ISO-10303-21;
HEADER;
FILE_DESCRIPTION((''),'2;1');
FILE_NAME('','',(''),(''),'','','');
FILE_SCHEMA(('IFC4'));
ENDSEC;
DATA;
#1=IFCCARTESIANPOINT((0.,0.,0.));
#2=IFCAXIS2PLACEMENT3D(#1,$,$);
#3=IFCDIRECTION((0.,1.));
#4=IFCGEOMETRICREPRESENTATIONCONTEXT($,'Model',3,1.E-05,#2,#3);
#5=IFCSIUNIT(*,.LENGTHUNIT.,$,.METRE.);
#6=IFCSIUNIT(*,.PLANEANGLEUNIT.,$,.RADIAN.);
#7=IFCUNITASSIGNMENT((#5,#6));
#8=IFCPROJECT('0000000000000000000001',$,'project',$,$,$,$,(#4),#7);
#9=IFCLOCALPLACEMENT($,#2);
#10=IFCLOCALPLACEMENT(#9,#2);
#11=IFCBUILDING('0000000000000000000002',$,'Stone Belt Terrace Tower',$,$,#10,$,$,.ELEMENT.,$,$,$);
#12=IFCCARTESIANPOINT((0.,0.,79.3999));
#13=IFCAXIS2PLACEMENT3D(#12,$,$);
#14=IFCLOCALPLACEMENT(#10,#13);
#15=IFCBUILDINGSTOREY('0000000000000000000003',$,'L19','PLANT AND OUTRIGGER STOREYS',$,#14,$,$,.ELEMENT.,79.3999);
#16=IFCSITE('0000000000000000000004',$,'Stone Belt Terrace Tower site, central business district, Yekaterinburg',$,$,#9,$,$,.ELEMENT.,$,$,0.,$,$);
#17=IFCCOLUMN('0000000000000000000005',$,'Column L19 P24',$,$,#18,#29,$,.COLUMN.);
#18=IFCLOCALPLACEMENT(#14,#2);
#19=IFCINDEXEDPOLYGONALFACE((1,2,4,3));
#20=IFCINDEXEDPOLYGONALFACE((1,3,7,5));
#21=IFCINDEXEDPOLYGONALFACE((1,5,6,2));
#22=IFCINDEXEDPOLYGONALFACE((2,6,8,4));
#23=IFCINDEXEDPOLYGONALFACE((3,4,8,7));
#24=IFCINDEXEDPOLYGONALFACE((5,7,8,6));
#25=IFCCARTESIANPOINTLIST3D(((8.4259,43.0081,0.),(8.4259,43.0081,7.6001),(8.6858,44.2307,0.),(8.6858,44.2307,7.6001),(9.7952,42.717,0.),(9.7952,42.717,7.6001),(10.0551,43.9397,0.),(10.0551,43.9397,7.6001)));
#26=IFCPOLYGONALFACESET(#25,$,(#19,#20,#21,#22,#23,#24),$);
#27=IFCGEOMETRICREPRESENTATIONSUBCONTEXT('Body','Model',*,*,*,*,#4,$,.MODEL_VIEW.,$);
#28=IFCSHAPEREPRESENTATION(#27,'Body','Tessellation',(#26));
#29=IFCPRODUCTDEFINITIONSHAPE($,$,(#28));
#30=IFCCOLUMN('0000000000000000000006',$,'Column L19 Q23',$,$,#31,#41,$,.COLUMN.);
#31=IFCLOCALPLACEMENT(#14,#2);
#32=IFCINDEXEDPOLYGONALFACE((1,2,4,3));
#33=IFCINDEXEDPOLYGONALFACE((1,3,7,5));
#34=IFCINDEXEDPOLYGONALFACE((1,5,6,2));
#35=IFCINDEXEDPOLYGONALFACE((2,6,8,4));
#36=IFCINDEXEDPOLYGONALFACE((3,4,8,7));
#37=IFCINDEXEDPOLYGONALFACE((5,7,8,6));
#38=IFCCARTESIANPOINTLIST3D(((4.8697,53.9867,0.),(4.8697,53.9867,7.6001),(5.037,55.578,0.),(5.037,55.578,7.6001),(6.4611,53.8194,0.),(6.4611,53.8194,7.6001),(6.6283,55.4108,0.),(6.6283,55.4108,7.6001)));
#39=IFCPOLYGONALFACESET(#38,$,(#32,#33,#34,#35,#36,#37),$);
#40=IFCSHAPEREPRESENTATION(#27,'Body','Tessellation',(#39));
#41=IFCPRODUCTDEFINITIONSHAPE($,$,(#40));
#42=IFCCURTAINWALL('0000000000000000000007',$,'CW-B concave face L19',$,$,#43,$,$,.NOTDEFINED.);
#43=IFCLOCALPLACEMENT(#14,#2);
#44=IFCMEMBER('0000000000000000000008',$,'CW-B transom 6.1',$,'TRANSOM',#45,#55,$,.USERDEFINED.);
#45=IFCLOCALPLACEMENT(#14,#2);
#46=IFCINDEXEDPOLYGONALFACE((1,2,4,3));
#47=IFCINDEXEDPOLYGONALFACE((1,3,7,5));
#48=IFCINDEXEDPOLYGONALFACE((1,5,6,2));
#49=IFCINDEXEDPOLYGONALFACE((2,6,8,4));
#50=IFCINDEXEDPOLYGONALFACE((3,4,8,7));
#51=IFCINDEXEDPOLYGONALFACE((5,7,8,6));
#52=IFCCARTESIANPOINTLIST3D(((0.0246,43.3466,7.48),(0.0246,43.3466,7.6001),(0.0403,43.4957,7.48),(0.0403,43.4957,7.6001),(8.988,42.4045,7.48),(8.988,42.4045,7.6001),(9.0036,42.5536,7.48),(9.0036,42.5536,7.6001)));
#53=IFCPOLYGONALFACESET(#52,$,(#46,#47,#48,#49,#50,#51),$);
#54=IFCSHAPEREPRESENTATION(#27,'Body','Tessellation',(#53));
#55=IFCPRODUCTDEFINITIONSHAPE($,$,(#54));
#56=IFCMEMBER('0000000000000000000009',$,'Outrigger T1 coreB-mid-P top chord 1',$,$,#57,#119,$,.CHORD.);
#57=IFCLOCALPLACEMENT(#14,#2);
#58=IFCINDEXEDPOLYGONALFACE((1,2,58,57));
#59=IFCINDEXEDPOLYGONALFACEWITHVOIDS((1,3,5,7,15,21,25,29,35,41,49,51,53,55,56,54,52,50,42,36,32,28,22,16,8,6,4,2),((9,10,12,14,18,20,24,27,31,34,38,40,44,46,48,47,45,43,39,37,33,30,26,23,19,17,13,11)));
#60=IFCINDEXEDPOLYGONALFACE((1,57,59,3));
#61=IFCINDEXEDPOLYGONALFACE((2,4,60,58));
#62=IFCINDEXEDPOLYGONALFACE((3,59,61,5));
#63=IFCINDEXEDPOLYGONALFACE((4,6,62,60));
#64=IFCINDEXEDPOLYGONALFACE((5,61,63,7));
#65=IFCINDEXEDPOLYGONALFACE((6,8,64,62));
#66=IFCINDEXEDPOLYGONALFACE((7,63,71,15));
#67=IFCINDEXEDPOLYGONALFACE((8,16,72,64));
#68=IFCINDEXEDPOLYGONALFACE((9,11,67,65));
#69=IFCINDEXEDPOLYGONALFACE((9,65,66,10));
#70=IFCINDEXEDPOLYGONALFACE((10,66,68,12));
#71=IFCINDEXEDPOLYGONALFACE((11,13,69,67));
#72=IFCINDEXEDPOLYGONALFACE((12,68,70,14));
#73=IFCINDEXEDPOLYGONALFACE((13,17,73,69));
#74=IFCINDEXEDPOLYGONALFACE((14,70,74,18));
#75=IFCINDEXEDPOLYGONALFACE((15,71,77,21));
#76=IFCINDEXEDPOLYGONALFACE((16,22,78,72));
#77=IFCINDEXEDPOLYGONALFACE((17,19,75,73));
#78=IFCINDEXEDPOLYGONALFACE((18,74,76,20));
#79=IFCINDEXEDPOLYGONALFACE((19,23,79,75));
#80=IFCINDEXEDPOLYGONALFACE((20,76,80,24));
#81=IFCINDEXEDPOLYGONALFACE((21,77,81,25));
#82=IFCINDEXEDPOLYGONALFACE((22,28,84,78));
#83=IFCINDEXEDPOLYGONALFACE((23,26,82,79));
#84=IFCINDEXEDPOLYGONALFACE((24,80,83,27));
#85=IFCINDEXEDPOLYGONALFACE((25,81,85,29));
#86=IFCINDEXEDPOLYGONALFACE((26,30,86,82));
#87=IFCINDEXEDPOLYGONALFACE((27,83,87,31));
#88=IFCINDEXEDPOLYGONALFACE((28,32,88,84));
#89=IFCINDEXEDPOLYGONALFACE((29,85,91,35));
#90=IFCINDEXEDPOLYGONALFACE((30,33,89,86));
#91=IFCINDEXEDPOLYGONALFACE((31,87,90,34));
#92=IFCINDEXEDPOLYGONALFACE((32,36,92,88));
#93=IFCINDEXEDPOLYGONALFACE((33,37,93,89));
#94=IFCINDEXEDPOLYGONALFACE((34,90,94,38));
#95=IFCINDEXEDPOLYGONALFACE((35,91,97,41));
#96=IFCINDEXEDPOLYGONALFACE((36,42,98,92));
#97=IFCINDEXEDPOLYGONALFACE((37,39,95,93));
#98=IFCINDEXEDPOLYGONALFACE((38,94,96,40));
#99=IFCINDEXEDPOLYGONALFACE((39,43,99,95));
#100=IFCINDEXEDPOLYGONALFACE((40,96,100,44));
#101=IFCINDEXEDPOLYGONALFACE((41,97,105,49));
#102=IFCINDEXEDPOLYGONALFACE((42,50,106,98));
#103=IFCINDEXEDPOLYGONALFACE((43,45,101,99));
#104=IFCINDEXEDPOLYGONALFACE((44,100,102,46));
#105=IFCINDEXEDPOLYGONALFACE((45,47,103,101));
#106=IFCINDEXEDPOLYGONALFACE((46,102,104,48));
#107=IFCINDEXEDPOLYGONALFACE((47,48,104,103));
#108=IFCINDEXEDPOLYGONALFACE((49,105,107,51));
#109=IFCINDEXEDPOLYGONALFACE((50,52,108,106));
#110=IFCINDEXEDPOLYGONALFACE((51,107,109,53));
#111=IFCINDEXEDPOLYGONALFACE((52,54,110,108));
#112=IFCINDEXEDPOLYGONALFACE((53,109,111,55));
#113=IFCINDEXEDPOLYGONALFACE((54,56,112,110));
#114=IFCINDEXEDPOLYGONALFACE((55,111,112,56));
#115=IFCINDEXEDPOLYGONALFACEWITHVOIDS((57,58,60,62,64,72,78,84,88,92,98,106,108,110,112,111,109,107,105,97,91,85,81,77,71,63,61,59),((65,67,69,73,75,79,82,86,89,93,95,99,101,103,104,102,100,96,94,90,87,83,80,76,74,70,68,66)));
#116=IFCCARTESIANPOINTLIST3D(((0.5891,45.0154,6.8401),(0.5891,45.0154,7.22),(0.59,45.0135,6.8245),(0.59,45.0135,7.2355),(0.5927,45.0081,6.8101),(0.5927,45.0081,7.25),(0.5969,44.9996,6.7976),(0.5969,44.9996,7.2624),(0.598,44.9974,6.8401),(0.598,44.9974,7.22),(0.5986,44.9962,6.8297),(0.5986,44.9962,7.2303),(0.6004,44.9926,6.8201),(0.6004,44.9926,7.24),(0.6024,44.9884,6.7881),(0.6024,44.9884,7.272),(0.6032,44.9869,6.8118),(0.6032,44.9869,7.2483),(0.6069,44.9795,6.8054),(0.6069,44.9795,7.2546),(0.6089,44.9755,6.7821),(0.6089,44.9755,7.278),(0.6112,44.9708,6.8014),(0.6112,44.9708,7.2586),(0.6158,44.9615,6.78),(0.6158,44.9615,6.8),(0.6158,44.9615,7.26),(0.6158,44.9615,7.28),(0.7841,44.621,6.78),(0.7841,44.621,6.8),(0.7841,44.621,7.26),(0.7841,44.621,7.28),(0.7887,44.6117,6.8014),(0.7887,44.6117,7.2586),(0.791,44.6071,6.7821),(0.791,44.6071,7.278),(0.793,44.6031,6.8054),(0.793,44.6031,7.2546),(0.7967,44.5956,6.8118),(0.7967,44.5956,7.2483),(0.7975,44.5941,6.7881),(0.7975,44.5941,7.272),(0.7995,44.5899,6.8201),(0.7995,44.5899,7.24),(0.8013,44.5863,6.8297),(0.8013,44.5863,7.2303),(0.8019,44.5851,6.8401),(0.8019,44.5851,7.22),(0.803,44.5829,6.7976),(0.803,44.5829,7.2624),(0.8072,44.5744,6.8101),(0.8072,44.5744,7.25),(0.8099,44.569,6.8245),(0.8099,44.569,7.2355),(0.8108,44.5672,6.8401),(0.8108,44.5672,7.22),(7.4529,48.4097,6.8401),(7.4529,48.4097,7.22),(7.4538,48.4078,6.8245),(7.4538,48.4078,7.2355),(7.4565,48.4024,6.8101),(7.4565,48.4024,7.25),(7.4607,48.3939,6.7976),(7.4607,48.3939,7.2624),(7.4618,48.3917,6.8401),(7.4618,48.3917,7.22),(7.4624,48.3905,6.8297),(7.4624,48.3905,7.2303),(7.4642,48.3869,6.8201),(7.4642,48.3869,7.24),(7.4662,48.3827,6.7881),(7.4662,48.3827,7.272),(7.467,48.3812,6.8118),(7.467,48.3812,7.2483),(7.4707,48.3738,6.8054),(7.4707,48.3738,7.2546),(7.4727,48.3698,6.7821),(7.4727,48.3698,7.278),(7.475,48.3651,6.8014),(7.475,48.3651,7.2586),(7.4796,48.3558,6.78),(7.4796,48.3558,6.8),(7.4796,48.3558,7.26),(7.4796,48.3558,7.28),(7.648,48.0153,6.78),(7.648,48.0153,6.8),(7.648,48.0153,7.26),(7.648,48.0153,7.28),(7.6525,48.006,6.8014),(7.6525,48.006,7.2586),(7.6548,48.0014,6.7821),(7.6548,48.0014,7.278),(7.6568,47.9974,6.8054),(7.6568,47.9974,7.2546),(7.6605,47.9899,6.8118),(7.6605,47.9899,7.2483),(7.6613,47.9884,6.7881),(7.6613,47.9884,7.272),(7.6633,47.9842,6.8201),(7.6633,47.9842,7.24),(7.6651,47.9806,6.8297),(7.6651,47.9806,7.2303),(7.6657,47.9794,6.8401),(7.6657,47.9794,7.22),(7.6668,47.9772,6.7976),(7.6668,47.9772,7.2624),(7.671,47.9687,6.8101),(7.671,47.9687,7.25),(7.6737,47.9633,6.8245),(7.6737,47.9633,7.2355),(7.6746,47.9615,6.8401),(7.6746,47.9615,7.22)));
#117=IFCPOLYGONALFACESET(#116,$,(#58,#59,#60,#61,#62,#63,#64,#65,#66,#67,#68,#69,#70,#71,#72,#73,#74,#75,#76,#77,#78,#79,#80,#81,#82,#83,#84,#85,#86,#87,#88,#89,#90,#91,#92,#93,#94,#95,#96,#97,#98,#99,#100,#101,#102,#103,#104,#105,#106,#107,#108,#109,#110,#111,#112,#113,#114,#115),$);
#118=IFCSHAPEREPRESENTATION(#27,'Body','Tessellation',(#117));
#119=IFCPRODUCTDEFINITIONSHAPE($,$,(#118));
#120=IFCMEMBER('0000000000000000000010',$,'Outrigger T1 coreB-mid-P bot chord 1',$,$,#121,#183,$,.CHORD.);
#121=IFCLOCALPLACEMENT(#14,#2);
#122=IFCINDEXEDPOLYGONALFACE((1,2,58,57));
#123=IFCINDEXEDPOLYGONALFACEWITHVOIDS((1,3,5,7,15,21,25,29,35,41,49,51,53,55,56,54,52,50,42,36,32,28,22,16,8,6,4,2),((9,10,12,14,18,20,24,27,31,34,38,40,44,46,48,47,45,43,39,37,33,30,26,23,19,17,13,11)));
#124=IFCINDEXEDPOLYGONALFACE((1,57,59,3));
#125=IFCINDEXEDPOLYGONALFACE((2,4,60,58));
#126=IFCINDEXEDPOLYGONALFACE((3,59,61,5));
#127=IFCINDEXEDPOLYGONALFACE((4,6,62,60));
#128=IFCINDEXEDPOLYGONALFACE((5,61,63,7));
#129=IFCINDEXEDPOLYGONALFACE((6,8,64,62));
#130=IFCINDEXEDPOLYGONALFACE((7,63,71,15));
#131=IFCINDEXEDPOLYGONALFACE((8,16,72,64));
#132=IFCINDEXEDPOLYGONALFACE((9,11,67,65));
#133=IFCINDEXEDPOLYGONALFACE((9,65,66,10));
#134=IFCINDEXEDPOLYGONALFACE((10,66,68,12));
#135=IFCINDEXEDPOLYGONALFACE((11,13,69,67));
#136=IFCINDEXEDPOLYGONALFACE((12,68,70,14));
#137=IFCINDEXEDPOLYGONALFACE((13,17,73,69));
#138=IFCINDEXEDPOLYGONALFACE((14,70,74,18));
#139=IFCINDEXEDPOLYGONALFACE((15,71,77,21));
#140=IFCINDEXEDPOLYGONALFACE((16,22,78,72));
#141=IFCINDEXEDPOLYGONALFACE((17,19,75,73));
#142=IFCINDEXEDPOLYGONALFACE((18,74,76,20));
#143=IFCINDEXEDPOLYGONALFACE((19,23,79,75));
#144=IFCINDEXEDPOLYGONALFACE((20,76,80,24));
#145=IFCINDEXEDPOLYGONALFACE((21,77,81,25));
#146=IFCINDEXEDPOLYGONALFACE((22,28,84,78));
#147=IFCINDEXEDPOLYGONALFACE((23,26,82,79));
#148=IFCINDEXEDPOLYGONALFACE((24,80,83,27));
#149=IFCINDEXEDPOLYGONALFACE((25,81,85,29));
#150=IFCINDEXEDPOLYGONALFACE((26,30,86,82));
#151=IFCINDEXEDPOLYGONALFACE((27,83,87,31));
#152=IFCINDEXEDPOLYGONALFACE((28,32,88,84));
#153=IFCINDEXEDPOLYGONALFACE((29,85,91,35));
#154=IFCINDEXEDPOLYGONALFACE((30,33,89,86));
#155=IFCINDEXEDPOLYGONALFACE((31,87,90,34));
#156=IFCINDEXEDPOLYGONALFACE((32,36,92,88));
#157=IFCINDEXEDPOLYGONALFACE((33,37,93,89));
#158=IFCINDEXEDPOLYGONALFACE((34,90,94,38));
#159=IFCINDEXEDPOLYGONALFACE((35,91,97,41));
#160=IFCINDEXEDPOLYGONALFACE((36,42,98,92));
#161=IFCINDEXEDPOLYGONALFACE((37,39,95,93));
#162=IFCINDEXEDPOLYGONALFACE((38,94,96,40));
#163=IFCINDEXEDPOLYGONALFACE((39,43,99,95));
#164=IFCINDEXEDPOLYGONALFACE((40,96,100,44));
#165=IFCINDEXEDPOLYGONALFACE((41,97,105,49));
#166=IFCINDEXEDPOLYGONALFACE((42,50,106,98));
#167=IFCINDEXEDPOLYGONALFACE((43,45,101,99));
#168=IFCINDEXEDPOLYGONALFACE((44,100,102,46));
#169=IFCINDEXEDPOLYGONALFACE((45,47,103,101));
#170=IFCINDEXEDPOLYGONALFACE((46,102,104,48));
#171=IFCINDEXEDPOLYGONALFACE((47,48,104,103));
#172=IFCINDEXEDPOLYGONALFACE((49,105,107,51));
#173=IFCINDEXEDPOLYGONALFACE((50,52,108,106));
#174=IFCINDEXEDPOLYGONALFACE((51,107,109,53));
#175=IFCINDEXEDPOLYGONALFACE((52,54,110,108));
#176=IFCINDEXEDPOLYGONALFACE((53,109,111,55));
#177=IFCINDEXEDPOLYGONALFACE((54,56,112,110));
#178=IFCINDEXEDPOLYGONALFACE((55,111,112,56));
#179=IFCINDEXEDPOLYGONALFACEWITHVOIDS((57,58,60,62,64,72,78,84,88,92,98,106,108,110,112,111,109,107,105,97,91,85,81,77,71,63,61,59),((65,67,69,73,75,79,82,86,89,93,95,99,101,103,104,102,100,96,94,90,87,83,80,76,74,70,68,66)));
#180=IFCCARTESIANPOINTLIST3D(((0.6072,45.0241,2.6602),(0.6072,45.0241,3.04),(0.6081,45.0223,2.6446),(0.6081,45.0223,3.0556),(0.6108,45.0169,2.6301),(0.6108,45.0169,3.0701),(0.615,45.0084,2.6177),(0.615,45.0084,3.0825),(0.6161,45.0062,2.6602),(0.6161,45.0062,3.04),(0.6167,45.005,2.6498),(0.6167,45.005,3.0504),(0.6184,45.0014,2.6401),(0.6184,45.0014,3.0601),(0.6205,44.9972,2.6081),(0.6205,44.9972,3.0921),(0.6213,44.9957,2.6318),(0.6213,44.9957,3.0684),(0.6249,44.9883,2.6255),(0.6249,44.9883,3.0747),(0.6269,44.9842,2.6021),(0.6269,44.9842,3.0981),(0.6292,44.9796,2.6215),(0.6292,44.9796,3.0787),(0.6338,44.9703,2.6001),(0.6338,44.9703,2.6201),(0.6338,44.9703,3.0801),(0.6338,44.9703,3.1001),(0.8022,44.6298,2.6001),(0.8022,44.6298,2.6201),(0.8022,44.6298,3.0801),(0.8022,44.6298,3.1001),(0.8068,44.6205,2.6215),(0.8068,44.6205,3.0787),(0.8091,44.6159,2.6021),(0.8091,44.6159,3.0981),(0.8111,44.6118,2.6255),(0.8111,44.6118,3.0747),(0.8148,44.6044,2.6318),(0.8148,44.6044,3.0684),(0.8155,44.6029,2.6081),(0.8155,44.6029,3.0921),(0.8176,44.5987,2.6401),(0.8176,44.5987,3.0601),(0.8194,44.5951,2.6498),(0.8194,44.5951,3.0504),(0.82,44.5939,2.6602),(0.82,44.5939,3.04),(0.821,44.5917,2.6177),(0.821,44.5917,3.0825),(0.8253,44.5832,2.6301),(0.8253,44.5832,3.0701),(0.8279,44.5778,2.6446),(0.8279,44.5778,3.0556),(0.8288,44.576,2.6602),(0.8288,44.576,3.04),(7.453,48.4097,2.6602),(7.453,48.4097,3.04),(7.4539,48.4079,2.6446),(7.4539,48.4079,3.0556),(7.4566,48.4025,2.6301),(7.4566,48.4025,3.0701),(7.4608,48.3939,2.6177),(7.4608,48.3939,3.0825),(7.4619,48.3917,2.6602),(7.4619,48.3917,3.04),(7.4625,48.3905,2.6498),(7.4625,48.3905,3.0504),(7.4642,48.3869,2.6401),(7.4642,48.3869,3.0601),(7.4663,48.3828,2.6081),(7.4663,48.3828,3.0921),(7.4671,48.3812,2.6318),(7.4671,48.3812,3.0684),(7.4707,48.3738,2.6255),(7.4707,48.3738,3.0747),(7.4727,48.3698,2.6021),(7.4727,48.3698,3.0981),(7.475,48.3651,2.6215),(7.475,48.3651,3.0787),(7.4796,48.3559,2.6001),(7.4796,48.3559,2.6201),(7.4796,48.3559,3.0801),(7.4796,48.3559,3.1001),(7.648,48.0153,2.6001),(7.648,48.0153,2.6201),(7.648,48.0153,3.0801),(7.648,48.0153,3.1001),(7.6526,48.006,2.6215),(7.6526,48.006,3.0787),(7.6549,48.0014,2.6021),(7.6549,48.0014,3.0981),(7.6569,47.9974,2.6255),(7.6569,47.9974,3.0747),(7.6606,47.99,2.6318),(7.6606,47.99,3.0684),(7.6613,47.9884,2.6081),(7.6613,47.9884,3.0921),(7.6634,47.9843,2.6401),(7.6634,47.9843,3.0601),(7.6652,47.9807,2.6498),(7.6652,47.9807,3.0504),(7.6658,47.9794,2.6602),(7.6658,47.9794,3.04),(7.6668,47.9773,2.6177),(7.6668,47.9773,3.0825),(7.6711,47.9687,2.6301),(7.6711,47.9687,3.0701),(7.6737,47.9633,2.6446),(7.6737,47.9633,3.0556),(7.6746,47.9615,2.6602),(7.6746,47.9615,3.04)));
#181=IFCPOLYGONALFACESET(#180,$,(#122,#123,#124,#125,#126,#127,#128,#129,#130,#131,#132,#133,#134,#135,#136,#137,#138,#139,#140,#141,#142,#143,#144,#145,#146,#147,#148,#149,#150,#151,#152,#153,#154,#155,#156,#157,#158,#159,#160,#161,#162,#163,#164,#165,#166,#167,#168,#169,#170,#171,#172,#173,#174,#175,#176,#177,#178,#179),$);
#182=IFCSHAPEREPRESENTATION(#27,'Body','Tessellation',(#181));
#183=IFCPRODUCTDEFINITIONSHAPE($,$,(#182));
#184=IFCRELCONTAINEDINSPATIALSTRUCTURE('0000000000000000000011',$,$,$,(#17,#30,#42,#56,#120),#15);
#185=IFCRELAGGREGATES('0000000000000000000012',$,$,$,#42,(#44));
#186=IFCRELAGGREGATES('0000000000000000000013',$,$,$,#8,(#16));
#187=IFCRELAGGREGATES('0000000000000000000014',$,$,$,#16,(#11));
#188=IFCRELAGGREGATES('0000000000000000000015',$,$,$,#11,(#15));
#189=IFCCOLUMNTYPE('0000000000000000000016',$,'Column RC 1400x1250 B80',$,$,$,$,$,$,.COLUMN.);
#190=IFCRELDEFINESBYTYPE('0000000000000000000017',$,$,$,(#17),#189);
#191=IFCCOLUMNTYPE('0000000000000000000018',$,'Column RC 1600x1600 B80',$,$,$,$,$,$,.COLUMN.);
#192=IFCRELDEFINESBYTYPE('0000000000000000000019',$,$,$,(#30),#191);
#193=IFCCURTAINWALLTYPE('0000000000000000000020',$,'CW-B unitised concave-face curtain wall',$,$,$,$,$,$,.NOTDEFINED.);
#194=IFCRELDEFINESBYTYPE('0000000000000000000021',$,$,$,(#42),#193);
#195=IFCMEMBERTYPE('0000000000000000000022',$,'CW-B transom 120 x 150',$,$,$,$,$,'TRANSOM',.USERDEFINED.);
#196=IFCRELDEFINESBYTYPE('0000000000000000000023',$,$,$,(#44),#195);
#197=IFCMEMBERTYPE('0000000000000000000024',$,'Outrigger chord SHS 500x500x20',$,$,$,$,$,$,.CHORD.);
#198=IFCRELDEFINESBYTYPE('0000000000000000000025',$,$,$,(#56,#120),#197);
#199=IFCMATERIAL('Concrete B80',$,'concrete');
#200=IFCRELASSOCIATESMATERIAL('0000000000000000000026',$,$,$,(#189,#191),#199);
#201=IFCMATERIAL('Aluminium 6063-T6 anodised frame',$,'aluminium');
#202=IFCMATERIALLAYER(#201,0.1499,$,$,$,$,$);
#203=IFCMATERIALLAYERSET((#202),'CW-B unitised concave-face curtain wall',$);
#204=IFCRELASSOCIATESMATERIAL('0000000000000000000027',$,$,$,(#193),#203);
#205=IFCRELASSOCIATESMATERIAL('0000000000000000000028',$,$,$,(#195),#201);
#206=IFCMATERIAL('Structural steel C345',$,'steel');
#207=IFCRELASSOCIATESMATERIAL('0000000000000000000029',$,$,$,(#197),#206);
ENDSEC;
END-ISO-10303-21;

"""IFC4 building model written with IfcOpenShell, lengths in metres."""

from ifc_helpers import new_model, si_unit, direction, frame, origin, origin_2d, place, context, subcontext, project, spatial, rectangle, hollow_rectangle, extrude, material, layer, layer_set, material_profile, profile_set, type_object, element, aggregate, save


model = new_model("IFC4")

# Units and contexts
model_context = context("Model", 3, precision=1e-05, world=origin(), true_north=direction((0.0, 1.0)))
body_context = subcontext(model_context, "Body", "Model", "MODEL_VIEW")
ifc_project = project(units=[si_unit("LENGTHUNIT", "METRE"), si_unit("PLANEANGLEUNIT", "RADIAN")], contexts=[model_context])

# Site, building, storey
site_placement = place(None, origin())
site = spatial("IfcSite", under=ifc_project, at=site_placement, Name="Stone Belt Terrace Tower site, central business district, Yekaterinburg", CompositionType="ELEMENT", RefElevation=0.0)
building_placement = place(site_placement, origin())
building = spatial("IfcBuilding", under=site, at=building_placement, Name="Stone Belt Terrace Tower", CompositionType="ELEMENT")
storey_placement = place(building_placement, frame((0.0, 0.0, 79.3999)))
storey = spatial("IfcBuildingStorey", under=building, at=storey_placement, Name="L19", Description="PLANT AND OUTRIGGER STOREYS", CompositionType="ELEMENT", Elevation=79.3999)

# Columns
ifc_material_1 = material(Name="Concrete B80", Category="concrete")
ifc_material_profile_1 = material_profile(ifc_material_1, rectangle(XDim=1.3999, YDim=1.25, at=origin_2d()), Name="RC 1400x1250")
ifc_profile_set_1 = profile_set([ifc_material_profile_1], Name="Concrete B80")
column_type_1 = type_object("IfcColumnType", Name="Column RC 1400x1250 B80", PredefinedType="COLUMN", material=ifc_profile_set_1)
column_1_placement = place(storey_placement, frame((9.2405, 43.4739, 0.0), z_axis=(0.0, 0.0, 1.0), x_axis=(0.978148, -0.207912, 0.0)))
element("IfcColumn", 1, at=column_1_placement, inside=storey, type_object=column_type_1, Name="Column L19 P24", PredefinedType="COLUMN", context=body_context, shape_type="SweptSolid", body=[
    extrude(rectangle(XDim=1.3999, YDim=1.25, at=origin_2d()), origin(), (0.0, 0.0, 1.0), 7.6001),
])
ifc_material_profile_2 = material_profile(ifc_material_1, rectangle(XDim=1.6001, YDim=1.6001, at=origin_2d()), Name="RC 1600x1600")
ifc_profile_set_2 = profile_set([ifc_material_profile_2], Name="Concrete B80")
column_type_2 = type_object("IfcColumnType", Name="Column RC 1600x1600 B80", PredefinedType="COLUMN", material=ifc_profile_set_2)
column_2_placement = place(storey_placement, frame((5.749, 54.6987, 0.0), z_axis=(0.0, 0.0, 1.0), x_axis=(0.994522, -0.104528, 0.0)))
element("IfcColumn", 2, at=column_2_placement, inside=storey, type_object=column_type_2, Name="Column L19 Q23", PredefinedType="COLUMN", context=body_context, shape_type="SweptSolid", body=[
    extrude(rectangle(XDim=1.6001, YDim=1.6001, at=origin_2d()), origin(), (0.0, 0.0, 1.0), 7.6001),
])

# Curtain wall, member
ifc_material_2 = material(Name="Aluminium 6063-T6 anodised frame", Category="aluminium")
ifc_layer_1 = layer(ifc_material_2, 0.1499)
ifc_layer_set_1 = layer_set([ifc_layer_1], Name="CW-B unitised concave-face curtain wall")
curtain_wall_type = type_object("IfcCurtainWallType", Name="CW-B unitised concave-face curtain wall", PredefinedType="NOTDEFINED", material=ifc_layer_set_1)
curtain_wall_placement = place(storey_placement, origin())
curtain_wall = element("IfcCurtainWall", 3, at=curtain_wall_placement, inside=storey, type_object=curtain_wall_type, Name="CW-B concave face L19", PredefinedType="NOTDEFINED")
ifc_material_profile_3 = material_profile(ifc_material_2, rectangle(XDim=0.1499, YDim=0.1201, at=origin_2d()), Name="Aluminium 6063-T6 150x120")
ifc_profile_set_3 = profile_set([ifc_material_profile_3], Name="Aluminium 6063-T6 anodised frame")
member_type_1 = type_object("IfcMemberType", Name="CW-B transom 120 x 150", ElementType="TRANSOM", PredefinedType="USERDEFINED", material=ifc_profile_set_3)
member_1_placement = place(storey_placement, frame((0.0325, 43.4211, 7.54), z_axis=(0.994521, -0.104534, 0.0), x_axis=(0.104534, 0.994521, 0.0)))
member_1 = element("IfcMember", 4, at=member_1_placement, type_object=member_type_1, Name="CW-B transom 6.1", ObjectType="TRANSOM", PredefinedType="USERDEFINED", context=body_context, shape_type="SweptSolid", body=[
    extrude(rectangle(XDim=0.1499, YDim=0.1201, at=origin_2d()), origin(), (0.0, 0.0, 1.0), 9.0127),
])
aggregate(curtain_wall, [member_1])

# Members
ifc_material_3 = material(Name="Structural steel C345", Category="steel")
ifc_material_profile_4 = material_profile(ifc_material_3, hollow_rectangle(XDim=0.5, YDim=0.5, WallThickness=0.02, InnerFilletRadius=0.04, OuterFilletRadius=0.0601, at=origin_2d()), Name="SHS 500x500x20")
ifc_profile_set_4 = profile_set([ifc_material_profile_4], Name="Structural steel C345")
member_type_2 = type_object("IfcMemberType", Name="Outrigger chord SHS 500x500x20", PredefinedType="CHORD", material=ifc_profile_set_4)
member_2_placement = place(storey_placement, frame((0.7, 44.7913, 7.03), z_axis=(0.896383, 0.443281, 0.0), x_axis=(-0.443281, 0.896383, 0.0)))
element("IfcMember", 5, at=member_2_placement, inside=storey, type_object=member_type_2, Name="Outrigger T1 coreB-mid-P top chord 1", PredefinedType="CHORD", context=body_context, shape_type="SweptSolid", body=[
    extrude(hollow_rectangle(XDim=0.5, YDim=0.5, WallThickness=0.02, InnerFilletRadius=0.04, OuterFilletRadius=0.0601, at=origin_2d()), origin(), (0.0, 0.0, 1.0), 7.6572),
])
member_3_placement = place(storey_placement, frame((0.718, 44.8, 2.8501), z_axis=(0.896375, 0.443296, 0.0), x_axis=(-0.443296, 0.896375, 0.0)))
element("IfcMember", 6, at=member_3_placement, inside=storey, type_object=member_type_2, Name="Outrigger T1 coreB-mid-P bot chord 1", PredefinedType="CHORD", context=body_context, shape_type="SweptSolid", body=[
    extrude(hollow_rectangle(XDim=0.5, YDim=0.5, WallThickness=0.02, InnerFilletRadius=0.04, OuterFilletRadius=0.0601, at=origin_2d()), origin(), (0.0, 0.0, 1.0), 7.6372),
])

save(model, "model.ifc")
